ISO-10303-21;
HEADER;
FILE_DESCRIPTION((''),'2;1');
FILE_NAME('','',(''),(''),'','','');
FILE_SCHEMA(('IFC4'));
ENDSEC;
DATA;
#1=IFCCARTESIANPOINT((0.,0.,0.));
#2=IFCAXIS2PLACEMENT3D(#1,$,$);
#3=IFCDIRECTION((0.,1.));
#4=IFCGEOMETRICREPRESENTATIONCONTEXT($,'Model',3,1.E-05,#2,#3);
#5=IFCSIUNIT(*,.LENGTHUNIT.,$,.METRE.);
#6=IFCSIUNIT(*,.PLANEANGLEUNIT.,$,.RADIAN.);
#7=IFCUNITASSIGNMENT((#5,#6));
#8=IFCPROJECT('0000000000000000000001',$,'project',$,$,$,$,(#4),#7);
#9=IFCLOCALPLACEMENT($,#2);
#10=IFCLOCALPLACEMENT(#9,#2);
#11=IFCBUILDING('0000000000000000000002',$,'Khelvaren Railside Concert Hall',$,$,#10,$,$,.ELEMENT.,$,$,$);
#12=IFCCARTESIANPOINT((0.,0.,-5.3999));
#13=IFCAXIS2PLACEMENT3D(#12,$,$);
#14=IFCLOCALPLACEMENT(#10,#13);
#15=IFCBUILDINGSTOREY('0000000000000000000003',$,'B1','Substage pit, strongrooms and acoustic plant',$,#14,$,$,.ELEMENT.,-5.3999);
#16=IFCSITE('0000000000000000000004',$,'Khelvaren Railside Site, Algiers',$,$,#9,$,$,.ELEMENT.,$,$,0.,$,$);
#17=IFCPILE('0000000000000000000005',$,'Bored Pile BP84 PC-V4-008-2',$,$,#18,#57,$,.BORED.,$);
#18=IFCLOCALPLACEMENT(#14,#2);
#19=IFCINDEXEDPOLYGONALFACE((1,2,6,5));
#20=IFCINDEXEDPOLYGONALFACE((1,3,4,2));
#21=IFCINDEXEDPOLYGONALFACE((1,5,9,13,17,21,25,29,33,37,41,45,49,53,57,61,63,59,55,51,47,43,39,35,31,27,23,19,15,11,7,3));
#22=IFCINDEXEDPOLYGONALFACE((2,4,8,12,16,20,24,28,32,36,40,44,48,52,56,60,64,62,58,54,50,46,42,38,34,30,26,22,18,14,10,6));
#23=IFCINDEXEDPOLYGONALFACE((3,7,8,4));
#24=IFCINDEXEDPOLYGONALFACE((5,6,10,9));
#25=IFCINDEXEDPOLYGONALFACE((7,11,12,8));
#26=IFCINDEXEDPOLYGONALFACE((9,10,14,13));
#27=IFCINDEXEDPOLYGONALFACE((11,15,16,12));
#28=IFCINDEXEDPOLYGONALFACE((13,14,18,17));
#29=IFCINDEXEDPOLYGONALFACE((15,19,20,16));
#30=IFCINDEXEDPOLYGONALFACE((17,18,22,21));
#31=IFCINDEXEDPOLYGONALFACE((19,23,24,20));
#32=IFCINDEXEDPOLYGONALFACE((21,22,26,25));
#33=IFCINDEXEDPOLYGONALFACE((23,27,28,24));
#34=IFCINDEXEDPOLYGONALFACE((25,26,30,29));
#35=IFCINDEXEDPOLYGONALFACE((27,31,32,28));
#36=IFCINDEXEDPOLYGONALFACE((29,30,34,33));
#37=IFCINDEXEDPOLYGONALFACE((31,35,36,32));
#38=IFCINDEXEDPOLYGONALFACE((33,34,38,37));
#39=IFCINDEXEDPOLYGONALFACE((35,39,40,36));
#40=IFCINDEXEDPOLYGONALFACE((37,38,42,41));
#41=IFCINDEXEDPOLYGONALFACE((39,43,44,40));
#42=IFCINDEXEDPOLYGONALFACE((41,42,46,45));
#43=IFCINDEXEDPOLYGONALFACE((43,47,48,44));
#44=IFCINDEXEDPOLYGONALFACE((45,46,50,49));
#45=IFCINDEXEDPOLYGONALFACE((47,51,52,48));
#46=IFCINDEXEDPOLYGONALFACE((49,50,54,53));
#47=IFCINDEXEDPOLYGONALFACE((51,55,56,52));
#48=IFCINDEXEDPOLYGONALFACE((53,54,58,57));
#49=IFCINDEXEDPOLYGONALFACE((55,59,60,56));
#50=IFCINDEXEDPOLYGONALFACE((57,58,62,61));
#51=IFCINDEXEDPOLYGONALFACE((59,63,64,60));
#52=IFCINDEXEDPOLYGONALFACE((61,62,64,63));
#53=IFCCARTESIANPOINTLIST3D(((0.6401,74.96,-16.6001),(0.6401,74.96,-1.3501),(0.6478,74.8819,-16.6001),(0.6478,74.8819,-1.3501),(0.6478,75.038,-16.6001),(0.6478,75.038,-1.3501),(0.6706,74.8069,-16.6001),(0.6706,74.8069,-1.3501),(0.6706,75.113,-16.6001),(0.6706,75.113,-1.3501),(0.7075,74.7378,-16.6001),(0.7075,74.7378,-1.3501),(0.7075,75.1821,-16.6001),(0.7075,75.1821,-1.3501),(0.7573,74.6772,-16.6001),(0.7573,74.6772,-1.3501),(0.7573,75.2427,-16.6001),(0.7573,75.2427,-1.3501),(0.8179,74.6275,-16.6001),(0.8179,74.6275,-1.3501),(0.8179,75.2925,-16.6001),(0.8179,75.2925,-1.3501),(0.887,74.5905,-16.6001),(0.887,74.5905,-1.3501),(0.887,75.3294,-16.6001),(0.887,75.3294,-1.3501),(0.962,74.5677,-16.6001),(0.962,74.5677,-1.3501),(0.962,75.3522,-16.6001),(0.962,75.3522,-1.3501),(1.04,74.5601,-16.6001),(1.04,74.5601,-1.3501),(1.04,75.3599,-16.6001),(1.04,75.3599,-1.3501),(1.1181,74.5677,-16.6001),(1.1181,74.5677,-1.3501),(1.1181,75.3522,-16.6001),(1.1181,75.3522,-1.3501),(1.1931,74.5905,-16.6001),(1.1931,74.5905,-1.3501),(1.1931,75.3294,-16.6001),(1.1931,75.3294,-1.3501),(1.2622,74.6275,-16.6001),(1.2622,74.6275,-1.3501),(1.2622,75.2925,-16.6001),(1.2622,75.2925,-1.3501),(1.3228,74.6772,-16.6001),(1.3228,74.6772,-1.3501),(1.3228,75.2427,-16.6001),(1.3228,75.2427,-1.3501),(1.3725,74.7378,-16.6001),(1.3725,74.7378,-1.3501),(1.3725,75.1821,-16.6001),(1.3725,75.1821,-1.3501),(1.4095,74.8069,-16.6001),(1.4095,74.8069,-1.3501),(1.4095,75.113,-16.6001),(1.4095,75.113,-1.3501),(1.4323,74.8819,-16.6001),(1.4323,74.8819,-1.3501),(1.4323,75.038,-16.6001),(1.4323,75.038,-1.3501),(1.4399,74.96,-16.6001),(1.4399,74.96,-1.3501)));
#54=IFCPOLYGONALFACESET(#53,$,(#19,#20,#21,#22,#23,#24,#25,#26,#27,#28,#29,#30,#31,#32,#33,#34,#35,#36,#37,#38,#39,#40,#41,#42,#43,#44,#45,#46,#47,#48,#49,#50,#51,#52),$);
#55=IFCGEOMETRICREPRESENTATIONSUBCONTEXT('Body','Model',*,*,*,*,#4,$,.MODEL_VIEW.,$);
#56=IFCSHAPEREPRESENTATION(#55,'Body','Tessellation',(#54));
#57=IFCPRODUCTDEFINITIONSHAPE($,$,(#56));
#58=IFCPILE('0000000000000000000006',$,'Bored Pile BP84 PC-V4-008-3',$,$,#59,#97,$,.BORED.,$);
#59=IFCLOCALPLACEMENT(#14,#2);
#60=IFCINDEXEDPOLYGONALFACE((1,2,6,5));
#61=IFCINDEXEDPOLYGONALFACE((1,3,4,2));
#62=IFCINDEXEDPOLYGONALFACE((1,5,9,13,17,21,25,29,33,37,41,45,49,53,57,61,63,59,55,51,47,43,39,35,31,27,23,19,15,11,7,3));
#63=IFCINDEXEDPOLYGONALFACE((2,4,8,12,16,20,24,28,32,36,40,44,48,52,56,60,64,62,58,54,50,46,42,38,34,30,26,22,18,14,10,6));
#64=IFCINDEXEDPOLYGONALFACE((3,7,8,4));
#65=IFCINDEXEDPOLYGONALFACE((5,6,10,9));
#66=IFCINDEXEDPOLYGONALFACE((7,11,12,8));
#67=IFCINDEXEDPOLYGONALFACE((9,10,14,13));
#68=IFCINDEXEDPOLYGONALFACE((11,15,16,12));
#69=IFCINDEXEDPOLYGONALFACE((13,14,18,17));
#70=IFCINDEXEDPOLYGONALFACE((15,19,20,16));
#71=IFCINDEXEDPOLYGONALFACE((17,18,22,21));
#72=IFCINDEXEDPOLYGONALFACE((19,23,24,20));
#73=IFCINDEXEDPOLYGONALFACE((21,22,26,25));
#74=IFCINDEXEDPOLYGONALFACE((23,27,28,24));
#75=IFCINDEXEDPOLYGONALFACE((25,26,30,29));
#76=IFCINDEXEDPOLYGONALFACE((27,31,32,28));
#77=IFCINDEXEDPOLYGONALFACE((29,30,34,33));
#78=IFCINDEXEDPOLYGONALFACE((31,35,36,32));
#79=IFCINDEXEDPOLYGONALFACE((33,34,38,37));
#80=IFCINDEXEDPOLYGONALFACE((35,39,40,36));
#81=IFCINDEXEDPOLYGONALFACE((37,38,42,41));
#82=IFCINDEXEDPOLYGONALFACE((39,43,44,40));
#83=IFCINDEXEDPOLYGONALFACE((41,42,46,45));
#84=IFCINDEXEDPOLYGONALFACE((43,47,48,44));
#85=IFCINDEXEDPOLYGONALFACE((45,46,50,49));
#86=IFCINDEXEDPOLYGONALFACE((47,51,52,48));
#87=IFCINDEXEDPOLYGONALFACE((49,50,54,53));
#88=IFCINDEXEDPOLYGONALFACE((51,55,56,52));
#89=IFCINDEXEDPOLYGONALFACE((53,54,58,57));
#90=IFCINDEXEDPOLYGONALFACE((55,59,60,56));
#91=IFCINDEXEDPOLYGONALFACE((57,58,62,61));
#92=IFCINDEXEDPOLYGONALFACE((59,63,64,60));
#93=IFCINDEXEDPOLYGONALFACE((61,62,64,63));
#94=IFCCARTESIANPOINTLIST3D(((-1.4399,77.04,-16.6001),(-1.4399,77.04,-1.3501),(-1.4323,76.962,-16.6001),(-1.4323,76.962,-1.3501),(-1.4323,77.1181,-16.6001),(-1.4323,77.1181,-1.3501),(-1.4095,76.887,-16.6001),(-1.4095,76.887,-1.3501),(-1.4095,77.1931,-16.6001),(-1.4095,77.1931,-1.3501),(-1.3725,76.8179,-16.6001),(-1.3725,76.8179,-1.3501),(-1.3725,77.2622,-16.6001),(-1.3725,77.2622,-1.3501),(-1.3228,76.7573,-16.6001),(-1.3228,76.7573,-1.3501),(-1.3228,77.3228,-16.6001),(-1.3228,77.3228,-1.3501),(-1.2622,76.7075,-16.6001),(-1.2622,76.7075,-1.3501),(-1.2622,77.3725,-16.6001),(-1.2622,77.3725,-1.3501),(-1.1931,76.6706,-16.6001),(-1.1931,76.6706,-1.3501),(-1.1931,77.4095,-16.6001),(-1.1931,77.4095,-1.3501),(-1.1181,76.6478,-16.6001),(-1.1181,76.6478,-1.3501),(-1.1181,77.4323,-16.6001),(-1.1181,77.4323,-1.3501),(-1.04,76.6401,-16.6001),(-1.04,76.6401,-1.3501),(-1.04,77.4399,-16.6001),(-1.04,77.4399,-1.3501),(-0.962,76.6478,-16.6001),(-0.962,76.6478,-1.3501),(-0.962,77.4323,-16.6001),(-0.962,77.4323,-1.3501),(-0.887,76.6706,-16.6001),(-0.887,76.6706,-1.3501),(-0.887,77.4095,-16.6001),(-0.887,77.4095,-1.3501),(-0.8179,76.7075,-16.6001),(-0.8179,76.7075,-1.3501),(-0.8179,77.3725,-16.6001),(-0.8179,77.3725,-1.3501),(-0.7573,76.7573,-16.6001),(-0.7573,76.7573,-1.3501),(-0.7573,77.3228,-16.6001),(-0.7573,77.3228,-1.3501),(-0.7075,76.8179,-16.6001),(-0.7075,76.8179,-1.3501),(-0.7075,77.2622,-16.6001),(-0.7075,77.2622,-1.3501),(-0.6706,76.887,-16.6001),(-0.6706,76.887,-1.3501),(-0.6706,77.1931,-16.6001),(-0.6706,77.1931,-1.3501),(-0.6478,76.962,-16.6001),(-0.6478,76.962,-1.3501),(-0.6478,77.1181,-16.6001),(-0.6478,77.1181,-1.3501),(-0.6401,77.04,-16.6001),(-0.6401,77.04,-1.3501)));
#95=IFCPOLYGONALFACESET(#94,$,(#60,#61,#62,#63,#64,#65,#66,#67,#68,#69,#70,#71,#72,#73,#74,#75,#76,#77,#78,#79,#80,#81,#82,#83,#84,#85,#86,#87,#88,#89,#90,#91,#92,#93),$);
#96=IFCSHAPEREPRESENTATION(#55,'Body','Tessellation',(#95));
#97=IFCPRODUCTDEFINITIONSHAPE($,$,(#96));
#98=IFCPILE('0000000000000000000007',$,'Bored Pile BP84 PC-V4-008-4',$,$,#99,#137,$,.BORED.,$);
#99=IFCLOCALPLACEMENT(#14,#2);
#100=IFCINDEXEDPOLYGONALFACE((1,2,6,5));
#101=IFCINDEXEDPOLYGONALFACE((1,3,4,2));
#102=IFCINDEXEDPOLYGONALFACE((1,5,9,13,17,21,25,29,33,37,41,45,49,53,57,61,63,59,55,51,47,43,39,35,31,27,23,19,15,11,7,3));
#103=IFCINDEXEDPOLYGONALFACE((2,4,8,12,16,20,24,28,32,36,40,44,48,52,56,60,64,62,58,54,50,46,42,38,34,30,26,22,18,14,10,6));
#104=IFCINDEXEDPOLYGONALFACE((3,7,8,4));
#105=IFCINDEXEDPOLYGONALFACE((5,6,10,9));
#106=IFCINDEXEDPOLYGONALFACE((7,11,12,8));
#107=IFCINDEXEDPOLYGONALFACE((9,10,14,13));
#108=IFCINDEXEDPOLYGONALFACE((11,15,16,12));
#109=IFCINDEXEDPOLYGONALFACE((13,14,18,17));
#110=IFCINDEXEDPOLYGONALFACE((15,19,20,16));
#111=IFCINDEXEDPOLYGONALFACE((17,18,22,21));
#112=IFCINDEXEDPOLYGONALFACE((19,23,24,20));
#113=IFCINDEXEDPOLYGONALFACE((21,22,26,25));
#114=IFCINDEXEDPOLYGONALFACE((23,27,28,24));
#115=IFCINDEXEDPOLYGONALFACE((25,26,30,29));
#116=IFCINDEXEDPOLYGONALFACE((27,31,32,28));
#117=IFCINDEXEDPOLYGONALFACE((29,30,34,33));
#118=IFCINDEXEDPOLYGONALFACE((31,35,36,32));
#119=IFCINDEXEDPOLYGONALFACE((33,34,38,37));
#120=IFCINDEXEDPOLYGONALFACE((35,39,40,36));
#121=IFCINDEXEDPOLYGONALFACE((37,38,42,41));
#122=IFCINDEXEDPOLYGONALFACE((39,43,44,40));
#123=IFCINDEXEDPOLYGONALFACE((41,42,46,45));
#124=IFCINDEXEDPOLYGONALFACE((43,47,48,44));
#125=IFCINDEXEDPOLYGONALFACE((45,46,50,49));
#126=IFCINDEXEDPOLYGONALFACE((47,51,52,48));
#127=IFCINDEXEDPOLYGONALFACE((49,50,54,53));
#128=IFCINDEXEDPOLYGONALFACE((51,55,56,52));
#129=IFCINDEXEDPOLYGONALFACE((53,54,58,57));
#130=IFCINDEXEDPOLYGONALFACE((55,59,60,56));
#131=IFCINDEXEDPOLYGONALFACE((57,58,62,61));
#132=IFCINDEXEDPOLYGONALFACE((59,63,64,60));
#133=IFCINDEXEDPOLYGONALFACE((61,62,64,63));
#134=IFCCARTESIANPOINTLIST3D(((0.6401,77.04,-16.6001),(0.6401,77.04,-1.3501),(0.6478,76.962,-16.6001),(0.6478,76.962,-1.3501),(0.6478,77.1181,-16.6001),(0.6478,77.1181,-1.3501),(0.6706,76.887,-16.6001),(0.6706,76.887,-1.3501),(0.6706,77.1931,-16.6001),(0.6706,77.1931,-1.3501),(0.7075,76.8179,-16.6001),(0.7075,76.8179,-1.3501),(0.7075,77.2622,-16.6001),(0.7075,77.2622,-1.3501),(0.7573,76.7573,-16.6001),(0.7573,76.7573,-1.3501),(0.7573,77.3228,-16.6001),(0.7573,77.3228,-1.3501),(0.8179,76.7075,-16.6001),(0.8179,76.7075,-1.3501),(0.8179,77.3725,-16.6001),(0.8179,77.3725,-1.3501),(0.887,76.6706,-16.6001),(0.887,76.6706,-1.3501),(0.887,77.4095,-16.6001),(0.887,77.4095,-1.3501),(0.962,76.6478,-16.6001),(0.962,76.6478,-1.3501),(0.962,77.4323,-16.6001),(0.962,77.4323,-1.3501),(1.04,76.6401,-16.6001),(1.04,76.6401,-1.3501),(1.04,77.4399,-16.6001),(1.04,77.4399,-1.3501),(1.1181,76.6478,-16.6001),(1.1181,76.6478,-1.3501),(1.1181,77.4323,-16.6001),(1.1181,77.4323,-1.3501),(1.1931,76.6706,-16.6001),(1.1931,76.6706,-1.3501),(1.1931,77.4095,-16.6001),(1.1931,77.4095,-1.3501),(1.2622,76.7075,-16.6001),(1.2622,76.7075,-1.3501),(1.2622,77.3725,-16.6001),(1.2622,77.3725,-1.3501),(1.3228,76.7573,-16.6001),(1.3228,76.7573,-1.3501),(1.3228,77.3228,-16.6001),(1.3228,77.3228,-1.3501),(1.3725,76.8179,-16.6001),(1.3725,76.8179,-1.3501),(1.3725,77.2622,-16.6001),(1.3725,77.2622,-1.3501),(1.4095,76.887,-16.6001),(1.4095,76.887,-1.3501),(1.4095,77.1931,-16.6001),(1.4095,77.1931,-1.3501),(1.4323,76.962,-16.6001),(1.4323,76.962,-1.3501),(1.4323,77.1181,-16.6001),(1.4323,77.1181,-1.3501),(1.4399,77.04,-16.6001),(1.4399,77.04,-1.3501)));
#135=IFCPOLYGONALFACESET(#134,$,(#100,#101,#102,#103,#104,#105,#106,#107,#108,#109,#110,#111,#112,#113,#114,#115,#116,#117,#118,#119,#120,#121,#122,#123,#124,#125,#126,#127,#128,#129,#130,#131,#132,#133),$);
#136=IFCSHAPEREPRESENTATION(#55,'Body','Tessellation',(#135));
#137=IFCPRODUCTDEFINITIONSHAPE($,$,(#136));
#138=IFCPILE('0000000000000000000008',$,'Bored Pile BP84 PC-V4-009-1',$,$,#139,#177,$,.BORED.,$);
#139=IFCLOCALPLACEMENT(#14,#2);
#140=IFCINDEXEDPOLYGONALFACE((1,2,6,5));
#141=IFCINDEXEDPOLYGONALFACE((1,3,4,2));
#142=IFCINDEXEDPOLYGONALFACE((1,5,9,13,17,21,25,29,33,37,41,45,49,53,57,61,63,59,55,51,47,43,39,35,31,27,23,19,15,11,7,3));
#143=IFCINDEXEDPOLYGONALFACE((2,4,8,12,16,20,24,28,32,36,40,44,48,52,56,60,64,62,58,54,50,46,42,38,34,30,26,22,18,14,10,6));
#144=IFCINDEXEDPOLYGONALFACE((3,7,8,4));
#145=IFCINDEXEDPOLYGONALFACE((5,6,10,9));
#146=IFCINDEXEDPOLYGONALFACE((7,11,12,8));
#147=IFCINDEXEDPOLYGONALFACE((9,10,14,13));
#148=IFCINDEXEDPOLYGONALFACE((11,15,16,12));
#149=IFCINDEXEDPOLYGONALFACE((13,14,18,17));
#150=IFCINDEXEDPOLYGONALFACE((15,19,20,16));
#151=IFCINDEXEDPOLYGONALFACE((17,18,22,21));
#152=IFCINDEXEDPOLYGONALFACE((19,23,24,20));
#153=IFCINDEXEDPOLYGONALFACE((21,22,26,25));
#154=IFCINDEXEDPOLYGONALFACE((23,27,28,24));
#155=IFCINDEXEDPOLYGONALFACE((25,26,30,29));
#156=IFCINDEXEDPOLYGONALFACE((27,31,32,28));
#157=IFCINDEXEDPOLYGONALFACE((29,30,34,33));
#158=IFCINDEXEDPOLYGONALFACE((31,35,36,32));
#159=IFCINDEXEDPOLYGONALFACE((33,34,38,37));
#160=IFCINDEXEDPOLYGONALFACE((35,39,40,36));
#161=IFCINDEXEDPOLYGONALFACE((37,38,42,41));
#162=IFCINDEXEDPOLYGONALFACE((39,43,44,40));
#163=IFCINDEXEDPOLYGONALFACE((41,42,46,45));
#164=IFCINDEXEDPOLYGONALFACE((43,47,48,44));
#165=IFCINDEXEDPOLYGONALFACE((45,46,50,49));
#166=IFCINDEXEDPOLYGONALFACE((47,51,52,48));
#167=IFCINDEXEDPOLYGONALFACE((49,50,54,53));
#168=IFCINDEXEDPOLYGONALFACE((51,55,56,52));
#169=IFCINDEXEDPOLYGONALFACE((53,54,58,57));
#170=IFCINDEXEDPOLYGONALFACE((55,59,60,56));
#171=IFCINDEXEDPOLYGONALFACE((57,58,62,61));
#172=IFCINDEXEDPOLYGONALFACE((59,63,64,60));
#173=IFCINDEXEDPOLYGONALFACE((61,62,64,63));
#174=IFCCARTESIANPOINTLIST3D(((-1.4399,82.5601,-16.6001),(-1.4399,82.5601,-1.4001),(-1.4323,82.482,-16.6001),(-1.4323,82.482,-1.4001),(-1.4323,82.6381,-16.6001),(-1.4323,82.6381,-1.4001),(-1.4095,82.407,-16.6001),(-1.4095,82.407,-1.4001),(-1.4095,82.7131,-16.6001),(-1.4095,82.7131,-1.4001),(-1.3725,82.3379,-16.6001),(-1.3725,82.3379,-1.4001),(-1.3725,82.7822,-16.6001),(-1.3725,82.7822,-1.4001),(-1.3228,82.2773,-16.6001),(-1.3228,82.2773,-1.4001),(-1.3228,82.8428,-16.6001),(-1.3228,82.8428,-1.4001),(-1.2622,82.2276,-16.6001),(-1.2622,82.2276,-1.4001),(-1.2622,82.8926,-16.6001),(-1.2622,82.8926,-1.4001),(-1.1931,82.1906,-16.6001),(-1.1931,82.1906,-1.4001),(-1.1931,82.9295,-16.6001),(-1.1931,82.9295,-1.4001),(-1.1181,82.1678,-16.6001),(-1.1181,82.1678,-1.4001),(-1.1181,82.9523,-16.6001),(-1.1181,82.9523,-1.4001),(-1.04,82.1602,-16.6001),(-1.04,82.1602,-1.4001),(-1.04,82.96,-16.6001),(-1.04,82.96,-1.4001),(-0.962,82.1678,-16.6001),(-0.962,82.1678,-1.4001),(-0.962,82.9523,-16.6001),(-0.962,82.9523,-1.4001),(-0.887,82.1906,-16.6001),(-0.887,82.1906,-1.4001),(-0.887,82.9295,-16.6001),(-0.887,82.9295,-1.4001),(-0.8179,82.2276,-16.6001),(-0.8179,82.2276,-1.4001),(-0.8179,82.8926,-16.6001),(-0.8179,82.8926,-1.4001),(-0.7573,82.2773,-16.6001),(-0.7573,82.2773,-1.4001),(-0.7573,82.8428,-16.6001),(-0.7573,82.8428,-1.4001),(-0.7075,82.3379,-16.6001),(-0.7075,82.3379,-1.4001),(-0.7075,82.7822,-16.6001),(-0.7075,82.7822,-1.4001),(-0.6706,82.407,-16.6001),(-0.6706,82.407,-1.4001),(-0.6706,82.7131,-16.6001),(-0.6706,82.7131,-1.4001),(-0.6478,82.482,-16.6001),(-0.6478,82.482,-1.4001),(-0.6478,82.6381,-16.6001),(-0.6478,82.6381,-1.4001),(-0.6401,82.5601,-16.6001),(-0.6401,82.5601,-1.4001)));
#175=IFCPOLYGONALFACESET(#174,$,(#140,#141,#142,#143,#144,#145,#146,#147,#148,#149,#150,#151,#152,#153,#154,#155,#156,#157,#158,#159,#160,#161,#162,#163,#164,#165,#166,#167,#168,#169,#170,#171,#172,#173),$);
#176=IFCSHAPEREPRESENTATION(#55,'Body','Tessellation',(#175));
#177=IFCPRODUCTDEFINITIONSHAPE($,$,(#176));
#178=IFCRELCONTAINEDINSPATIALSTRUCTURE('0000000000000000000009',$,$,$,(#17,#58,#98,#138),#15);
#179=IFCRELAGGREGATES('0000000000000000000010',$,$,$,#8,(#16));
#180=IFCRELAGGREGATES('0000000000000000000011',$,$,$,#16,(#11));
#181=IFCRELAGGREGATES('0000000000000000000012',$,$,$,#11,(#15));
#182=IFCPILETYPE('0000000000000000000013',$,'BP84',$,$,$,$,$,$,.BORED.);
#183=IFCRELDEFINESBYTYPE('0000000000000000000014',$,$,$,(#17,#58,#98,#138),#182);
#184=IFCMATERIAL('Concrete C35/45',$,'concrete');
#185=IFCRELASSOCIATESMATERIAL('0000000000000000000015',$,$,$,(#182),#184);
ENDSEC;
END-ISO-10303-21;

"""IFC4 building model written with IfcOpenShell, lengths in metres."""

from ifc_helpers import new_model, si_unit, direction, frame, origin, origin_2d, place, context, subcontext, project, spatial, circle, extrude, material, material_profile, profile_set, type_object, element, save


model = new_model("IFC4")

# Units and contexts
model_context = context("Model", 3, precision=1e-05, world=origin(), true_north=direction((0.0, 1.0)))
body_context = subcontext(model_context, "Body", "Model", "MODEL_VIEW")
ifc_project = project(units=[si_unit("LENGTHUNIT", "METRE"), si_unit("PLANEANGLEUNIT", "RADIAN")], contexts=[model_context])

# Site, building, storey
site_placement = place(None, origin())
site = spatial("IfcSite", under=ifc_project, at=site_placement, Name="Khelvaren Railside Site, Algiers", CompositionType="ELEMENT", RefElevation=0.0)
building_placement = place(site_placement, origin())
building = spatial("IfcBuilding", under=site, at=building_placement, Name="Khelvaren Railside Concert Hall", CompositionType="ELEMENT")
storey_placement = place(building_placement, frame((0.0, 0.0, -5.3999)))
storey = spatial("IfcBuildingStorey", under=building, at=storey_placement, Name="B1", Description="Substage pit, strongrooms and acoustic plant", CompositionType="ELEMENT", Elevation=-5.3999)

# Piles
ifc_material_1 = material(Name="Concrete C35/45", Category="concrete")
ifc_material_profile_1 = material_profile(ifc_material_1, circle(Radius=0.3999, at=origin_2d()), Name="BP D800")
ifc_profile_set_1 = profile_set([ifc_material_profile_1], Name="Concrete C35/45")
pile_type_1 = type_object("IfcPileType", Name="BP84", PredefinedType="BORED", material=ifc_profile_set_1)
for number, where, z_axis, x_axis, name in (
    (1, (1.04, 74.96, -1.3501), (0.0, 0.0, -1.0), (1.0, 0.0, 0.0), "Bored Pile BP84 PC-V4-008-2"),
    (2, (-1.04, 77.04, -1.3501), (0.0, 0.0, -1.0), (1.0, 0.0, 0.0), "Bored Pile BP84 PC-V4-008-3"),
    (3, (1.04, 77.04, -1.3501), (0.0, 0.0, -1.0), (1.0, 0.0, 0.0), "Bored Pile BP84 PC-V4-008-4"),
):
    element("IfcPile", number, at=place(storey_placement, frame(where, z_axis=z_axis, x_axis=x_axis)), inside=storey, type_object=pile_type_1, Name=name, PredefinedType="BORED", context=body_context, shape_type="SweptSolid", body=[
        extrude(circle(Radius=0.3999, at=origin_2d()), origin(), (0.0, 0.0, 1.0), 15.25),
    ])
for number, where, z_axis, x_axis, name in (
    (4, (-1.04, 82.5601, -1.4001), (0.0, 0.0, -1.0), (1.0, 0.0, 0.0), "Bored Pile BP84 PC-V4-009-1"),
):
    element("IfcPile", number, at=place(storey_placement, frame(where, z_axis=z_axis, x_axis=x_axis)), inside=storey, type_object=pile_type_1, Name=name, PredefinedType="BORED", context=body_context, shape_type="SweptSolid", body=[
        extrude(circle(Radius=0.3999, at=origin_2d()), origin(), (0.0, 0.0, 1.0), 15.2),
    ])

save(model, "model.ifc")
